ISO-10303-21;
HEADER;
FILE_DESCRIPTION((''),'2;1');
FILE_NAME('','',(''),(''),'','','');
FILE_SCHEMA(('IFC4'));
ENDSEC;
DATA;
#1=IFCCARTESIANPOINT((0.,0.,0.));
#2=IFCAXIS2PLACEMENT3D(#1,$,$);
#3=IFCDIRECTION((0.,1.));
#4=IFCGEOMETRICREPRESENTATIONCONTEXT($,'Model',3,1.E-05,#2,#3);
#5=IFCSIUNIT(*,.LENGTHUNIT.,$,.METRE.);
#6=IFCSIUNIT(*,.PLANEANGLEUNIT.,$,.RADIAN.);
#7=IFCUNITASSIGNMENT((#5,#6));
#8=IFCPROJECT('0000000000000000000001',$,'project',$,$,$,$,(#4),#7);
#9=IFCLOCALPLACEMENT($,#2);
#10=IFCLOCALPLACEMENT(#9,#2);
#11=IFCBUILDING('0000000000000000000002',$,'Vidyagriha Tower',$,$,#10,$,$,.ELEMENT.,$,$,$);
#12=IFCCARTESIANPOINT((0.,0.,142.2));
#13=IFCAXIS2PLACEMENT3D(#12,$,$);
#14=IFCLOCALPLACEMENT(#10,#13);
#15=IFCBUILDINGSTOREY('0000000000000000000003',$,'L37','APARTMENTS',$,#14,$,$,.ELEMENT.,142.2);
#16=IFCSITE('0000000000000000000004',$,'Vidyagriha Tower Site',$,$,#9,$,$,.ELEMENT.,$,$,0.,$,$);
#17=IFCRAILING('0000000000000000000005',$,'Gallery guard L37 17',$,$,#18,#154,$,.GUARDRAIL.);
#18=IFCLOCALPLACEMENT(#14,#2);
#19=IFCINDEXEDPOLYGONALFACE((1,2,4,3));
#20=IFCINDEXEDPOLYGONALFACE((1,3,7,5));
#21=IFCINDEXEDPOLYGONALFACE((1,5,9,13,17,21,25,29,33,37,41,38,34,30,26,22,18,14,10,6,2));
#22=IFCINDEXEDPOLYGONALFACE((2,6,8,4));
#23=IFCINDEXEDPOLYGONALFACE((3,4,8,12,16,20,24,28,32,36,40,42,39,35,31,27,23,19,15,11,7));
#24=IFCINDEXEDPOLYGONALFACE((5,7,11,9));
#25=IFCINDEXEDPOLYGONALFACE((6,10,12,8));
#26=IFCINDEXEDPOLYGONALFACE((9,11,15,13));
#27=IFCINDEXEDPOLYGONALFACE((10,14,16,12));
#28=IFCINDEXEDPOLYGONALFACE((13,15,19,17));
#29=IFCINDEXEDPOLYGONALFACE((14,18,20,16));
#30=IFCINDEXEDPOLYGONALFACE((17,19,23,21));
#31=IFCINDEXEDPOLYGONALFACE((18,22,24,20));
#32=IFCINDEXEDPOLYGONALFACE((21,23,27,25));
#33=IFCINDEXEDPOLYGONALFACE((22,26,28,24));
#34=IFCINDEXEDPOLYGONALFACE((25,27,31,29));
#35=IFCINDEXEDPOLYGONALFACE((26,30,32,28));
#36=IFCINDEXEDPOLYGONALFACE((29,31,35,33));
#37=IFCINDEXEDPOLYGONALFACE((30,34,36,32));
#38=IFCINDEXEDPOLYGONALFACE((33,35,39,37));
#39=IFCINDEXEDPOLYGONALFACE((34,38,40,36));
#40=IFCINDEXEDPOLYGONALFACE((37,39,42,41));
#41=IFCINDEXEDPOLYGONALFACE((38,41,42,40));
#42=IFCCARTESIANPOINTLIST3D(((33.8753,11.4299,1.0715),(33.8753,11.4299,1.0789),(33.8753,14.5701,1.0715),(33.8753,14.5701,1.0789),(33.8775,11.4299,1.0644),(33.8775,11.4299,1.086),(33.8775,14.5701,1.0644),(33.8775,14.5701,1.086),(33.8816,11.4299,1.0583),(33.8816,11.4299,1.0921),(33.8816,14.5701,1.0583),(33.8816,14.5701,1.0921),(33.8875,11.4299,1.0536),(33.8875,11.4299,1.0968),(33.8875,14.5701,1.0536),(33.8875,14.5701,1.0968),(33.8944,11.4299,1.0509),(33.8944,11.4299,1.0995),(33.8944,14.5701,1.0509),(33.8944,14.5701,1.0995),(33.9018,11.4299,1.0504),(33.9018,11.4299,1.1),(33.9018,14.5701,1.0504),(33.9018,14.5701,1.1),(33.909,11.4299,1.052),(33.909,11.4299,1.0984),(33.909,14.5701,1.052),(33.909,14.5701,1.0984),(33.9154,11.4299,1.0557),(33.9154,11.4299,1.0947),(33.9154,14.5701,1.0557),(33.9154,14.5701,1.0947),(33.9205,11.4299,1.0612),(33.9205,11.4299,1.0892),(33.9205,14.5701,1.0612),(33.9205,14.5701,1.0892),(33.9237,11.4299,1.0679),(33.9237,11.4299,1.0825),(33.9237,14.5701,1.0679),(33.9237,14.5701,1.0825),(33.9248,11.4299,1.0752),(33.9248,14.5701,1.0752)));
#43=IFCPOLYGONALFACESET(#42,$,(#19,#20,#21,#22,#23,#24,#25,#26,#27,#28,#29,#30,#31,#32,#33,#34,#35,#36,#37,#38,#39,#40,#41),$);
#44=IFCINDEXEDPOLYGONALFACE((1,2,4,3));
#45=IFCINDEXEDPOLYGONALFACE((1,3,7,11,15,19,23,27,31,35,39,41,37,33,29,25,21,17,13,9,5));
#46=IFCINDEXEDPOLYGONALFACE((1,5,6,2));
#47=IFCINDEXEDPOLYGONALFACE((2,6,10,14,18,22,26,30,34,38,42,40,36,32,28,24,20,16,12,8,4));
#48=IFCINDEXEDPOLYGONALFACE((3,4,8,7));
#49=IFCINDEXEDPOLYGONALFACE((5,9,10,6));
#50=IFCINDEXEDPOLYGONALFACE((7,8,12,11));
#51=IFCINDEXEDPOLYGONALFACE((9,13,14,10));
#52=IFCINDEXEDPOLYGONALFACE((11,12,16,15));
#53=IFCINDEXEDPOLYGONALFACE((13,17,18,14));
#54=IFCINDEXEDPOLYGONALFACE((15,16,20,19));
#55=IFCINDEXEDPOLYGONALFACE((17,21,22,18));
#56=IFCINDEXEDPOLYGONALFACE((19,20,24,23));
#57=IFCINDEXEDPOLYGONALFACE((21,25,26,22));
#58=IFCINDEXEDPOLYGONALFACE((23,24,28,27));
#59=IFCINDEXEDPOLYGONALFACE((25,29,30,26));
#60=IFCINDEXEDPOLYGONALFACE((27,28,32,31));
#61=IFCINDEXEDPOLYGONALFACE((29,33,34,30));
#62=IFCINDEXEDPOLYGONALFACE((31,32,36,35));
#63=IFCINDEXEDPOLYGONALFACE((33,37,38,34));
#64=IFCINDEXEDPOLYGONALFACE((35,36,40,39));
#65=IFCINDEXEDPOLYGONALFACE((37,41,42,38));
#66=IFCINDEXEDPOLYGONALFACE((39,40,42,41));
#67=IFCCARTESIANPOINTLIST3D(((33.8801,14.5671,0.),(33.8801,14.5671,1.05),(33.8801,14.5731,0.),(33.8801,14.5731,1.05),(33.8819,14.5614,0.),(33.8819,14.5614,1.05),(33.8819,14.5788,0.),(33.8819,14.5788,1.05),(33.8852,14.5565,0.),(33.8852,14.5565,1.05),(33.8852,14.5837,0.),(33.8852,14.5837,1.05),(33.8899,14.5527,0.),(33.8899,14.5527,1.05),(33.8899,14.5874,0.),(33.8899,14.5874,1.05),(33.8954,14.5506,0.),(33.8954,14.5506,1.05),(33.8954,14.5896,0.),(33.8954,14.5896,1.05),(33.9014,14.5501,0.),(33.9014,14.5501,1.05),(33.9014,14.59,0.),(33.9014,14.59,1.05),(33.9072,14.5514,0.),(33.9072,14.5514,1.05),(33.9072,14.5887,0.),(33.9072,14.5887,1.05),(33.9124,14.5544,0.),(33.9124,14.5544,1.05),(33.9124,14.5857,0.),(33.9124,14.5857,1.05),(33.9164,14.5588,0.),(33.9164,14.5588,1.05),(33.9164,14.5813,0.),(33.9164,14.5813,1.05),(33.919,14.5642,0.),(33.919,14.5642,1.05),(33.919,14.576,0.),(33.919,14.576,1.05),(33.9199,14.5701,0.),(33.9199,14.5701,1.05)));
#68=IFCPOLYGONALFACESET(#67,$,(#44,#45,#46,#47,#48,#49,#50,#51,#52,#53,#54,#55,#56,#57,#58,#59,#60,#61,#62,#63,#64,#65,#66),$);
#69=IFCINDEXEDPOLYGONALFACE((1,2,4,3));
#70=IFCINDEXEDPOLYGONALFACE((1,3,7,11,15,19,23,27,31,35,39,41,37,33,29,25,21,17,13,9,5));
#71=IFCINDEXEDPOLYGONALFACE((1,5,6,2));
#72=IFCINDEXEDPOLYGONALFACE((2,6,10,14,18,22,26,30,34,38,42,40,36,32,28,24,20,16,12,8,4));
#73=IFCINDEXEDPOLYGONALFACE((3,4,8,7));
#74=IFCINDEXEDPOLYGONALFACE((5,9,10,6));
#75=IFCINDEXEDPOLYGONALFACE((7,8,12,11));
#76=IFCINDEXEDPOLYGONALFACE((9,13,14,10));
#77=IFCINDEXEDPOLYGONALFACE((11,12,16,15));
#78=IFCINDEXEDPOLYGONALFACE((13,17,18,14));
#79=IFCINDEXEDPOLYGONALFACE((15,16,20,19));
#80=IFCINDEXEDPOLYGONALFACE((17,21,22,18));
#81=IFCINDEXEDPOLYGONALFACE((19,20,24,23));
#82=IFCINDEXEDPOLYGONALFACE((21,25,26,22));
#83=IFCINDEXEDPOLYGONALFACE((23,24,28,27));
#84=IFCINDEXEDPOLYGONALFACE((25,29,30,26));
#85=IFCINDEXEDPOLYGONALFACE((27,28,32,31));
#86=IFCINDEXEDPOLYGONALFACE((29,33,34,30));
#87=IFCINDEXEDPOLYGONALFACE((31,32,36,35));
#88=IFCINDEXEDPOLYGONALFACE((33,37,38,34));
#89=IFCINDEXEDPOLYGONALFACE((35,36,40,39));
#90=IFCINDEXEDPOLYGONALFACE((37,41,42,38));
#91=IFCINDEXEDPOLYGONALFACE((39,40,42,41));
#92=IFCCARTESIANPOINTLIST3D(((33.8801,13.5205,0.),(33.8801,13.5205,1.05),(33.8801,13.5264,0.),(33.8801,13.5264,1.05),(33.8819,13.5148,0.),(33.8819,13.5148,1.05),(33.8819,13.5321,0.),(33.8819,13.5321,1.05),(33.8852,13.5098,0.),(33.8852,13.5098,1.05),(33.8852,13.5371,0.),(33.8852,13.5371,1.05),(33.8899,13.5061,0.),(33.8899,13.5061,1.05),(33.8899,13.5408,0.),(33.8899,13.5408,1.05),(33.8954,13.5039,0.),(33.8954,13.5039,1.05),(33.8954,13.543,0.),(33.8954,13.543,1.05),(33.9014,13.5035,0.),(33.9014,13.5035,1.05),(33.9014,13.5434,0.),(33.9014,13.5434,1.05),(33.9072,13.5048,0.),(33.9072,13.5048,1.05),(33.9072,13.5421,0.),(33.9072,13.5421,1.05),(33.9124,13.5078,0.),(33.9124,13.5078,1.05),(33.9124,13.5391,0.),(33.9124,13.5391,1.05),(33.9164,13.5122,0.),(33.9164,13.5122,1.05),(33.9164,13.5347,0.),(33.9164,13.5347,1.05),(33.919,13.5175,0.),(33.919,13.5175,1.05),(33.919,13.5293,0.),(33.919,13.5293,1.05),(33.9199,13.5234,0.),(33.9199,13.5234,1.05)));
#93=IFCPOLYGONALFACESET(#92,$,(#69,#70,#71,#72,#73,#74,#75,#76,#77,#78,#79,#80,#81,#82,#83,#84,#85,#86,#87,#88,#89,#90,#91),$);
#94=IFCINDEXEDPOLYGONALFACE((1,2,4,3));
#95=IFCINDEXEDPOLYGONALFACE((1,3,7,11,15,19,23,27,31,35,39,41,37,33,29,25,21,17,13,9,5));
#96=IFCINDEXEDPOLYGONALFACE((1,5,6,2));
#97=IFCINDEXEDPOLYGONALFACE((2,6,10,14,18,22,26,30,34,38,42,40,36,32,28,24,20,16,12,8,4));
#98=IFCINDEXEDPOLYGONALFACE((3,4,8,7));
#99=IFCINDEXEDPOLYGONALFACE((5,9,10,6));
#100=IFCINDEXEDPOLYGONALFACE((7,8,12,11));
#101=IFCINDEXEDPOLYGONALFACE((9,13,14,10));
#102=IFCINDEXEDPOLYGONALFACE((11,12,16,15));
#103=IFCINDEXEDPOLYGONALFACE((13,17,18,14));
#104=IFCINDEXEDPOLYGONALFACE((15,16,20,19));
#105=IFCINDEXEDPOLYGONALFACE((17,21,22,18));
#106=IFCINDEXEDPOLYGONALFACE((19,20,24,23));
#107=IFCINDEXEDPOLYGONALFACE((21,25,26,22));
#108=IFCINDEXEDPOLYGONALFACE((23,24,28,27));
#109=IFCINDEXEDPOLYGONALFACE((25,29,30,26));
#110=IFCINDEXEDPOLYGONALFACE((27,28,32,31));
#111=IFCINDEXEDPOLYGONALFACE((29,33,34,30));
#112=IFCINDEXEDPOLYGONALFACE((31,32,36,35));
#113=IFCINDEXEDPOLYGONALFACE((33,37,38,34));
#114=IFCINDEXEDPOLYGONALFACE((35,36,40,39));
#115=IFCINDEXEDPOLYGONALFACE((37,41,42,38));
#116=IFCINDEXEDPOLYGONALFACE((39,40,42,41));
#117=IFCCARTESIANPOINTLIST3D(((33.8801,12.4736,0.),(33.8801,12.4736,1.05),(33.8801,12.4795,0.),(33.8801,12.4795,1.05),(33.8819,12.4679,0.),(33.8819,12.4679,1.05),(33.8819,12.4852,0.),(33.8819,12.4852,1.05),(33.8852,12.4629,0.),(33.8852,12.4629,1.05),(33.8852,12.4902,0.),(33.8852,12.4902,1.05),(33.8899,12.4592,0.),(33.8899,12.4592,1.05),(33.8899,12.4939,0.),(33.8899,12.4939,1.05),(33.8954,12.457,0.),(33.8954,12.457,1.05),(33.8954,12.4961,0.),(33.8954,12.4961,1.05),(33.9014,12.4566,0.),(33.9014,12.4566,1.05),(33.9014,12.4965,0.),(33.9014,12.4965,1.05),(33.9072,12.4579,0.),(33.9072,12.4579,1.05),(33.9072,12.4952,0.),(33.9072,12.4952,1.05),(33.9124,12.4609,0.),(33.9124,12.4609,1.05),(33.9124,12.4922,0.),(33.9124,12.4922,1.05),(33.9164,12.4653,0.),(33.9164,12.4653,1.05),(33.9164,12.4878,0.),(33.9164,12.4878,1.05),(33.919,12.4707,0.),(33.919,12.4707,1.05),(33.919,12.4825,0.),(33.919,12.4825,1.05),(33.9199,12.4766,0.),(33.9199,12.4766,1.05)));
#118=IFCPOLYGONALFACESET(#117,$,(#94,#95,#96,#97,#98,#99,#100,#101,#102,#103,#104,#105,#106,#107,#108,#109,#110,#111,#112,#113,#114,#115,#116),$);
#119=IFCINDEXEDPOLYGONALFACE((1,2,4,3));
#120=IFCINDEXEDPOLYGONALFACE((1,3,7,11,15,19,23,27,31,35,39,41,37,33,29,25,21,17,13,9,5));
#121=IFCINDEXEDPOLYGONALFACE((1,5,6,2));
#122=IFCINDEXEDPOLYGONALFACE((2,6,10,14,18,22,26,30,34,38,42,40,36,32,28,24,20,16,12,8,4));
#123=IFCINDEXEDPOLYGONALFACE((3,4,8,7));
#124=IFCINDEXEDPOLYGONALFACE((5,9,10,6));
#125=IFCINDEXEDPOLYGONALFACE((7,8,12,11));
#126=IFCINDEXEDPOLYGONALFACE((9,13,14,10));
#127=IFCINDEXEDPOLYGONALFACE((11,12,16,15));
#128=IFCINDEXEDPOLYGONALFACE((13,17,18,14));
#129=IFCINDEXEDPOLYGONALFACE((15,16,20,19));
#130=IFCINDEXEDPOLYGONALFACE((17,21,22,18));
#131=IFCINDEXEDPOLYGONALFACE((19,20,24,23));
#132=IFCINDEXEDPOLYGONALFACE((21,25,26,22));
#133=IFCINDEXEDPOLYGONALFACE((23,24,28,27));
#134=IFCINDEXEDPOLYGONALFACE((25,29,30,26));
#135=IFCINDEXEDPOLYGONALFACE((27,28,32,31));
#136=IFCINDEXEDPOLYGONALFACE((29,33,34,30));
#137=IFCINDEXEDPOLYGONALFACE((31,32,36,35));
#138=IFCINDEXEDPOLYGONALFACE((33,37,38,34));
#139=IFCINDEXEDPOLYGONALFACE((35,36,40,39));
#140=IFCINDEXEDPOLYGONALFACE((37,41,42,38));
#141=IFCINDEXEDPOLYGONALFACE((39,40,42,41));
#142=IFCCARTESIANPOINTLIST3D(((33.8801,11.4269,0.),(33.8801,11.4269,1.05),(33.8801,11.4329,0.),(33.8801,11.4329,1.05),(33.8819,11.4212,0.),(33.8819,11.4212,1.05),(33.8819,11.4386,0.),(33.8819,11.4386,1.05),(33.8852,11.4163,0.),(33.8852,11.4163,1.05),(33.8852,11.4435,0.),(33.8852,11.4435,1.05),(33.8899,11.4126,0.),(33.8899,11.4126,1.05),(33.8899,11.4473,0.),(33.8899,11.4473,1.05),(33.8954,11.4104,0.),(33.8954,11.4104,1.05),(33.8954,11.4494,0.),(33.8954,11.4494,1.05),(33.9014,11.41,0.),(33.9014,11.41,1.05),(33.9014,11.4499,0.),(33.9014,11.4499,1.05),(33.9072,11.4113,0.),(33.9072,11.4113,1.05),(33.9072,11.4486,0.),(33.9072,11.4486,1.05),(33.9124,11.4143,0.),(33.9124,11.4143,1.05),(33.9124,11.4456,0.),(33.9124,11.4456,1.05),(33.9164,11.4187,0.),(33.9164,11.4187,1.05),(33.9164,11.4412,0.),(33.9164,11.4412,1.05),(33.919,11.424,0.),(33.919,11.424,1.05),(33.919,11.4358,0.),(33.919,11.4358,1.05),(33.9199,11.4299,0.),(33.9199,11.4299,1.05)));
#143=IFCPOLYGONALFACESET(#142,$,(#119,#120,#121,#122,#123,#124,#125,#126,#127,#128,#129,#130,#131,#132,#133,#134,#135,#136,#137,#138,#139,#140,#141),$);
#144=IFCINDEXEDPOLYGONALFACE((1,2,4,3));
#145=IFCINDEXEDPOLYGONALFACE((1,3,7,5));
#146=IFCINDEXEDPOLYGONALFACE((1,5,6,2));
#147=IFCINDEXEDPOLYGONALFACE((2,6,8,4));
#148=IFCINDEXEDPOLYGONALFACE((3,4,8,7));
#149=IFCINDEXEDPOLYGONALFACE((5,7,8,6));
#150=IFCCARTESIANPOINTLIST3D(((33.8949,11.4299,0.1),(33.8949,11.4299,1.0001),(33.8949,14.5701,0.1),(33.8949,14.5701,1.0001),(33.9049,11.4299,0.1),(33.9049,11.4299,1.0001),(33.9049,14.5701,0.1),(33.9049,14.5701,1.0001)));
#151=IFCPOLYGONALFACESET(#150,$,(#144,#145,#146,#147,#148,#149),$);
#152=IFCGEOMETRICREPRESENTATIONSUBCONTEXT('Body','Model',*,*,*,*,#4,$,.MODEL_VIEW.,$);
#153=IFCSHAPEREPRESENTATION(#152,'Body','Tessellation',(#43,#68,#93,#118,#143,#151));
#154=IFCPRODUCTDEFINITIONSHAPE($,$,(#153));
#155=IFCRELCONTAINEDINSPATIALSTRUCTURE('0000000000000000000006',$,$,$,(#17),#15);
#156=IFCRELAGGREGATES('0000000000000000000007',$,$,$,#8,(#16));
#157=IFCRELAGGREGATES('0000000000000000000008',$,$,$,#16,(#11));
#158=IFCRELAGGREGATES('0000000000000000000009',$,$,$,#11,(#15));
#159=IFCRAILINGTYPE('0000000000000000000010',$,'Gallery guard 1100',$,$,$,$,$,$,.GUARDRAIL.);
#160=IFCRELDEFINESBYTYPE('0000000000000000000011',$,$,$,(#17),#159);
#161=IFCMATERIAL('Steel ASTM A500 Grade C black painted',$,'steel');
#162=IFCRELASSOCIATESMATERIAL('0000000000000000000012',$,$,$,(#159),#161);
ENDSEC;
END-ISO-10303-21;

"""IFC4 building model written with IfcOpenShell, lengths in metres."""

from ifc_helpers import new_model, si_unit, direction, frame, origin, origin_2d, place, context, subcontext, project, spatial, rectangle, circle, extrude, material, type_object, element, save


model = new_model("IFC4")

# Units and contexts
model_context = context("Model", 3, precision=1e-05, world=origin(), true_north=direction((0.0, 1.0)))
body_context = subcontext(model_context, "Body", "Model", "MODEL_VIEW")
ifc_project = project(units=[si_unit("LENGTHUNIT", "METRE"), si_unit("PLANEANGLEUNIT", "RADIAN")], contexts=[model_context])

# Site, building, storey
site_placement = place(None, origin())
site = spatial("IfcSite", under=ifc_project, at=site_placement, Name="Vidyagriha Tower Site", CompositionType="ELEMENT", RefElevation=0.0)
building_placement = place(site_placement, origin())
building = spatial("IfcBuilding", under=site, at=building_placement, Name="Vidyagriha Tower", CompositionType="ELEMENT")
storey_placement = place(building_placement, frame((0.0, 0.0, 142.2)))
storey = spatial("IfcBuildingStorey", under=building, at=storey_placement, Name="L37", Description="APARTMENTS", CompositionType="ELEMENT", Elevation=142.2)

# Railing
ifc_material_1 = material(Name="Steel ASTM A500 Grade C black painted", Category="steel")
railing_type = type_object("IfcRailingType", Name="Gallery guard 1100", PredefinedType="GUARDRAIL", material=ifc_material_1)
railing_1_placement = place(storey_placement, frame((33.8999, 14.5701, 0.0)))
element("IfcRailing", 1, at=railing_1_placement, inside=storey, type_object=railing_type, Name="Gallery guard L37 17", PredefinedType="GUARDRAIL", context=body_context, shape_type="SweptSolid", body=[
    extrude(circle(Radius=0.0249, at=origin_2d()), frame((0.0, 0.0, 1.0752), z_axis=(0.0, -1.0, 0.0), x_axis=(1.0, 0.0, 0.0)), (0.0, 0.0, 1.0), 3.1401),
    extrude(circle(Radius=0.02, at=origin_2d()), origin(), (0.0, 0.0, 1.0), 1.05),
    extrude(circle(Radius=0.02, at=origin_2d()), frame((0.0, -1.0466, 0.0)), (0.0, 0.0, 1.0), 1.05),
    extrude(circle(Radius=0.02, at=origin_2d()), frame((0.0, -2.0935, 0.0)), (0.0, 0.0, 1.0), 1.05),
    extrude(circle(Radius=0.02, at=origin_2d()), frame((0.0, -3.1401, 0.0)), (0.0, 0.0, 1.0), 1.05),
    extrude(rectangle(XDim=0.01, YDim=0.9001, at=origin_2d()), frame((0.0, 0.0, 0.55), z_axis=(0.0, -1.0, 0.0), x_axis=(1.0, 0.0, 0.0)), (0.0, 0.0, 1.0), 3.1401),
])

save(model, "model.ifc")
